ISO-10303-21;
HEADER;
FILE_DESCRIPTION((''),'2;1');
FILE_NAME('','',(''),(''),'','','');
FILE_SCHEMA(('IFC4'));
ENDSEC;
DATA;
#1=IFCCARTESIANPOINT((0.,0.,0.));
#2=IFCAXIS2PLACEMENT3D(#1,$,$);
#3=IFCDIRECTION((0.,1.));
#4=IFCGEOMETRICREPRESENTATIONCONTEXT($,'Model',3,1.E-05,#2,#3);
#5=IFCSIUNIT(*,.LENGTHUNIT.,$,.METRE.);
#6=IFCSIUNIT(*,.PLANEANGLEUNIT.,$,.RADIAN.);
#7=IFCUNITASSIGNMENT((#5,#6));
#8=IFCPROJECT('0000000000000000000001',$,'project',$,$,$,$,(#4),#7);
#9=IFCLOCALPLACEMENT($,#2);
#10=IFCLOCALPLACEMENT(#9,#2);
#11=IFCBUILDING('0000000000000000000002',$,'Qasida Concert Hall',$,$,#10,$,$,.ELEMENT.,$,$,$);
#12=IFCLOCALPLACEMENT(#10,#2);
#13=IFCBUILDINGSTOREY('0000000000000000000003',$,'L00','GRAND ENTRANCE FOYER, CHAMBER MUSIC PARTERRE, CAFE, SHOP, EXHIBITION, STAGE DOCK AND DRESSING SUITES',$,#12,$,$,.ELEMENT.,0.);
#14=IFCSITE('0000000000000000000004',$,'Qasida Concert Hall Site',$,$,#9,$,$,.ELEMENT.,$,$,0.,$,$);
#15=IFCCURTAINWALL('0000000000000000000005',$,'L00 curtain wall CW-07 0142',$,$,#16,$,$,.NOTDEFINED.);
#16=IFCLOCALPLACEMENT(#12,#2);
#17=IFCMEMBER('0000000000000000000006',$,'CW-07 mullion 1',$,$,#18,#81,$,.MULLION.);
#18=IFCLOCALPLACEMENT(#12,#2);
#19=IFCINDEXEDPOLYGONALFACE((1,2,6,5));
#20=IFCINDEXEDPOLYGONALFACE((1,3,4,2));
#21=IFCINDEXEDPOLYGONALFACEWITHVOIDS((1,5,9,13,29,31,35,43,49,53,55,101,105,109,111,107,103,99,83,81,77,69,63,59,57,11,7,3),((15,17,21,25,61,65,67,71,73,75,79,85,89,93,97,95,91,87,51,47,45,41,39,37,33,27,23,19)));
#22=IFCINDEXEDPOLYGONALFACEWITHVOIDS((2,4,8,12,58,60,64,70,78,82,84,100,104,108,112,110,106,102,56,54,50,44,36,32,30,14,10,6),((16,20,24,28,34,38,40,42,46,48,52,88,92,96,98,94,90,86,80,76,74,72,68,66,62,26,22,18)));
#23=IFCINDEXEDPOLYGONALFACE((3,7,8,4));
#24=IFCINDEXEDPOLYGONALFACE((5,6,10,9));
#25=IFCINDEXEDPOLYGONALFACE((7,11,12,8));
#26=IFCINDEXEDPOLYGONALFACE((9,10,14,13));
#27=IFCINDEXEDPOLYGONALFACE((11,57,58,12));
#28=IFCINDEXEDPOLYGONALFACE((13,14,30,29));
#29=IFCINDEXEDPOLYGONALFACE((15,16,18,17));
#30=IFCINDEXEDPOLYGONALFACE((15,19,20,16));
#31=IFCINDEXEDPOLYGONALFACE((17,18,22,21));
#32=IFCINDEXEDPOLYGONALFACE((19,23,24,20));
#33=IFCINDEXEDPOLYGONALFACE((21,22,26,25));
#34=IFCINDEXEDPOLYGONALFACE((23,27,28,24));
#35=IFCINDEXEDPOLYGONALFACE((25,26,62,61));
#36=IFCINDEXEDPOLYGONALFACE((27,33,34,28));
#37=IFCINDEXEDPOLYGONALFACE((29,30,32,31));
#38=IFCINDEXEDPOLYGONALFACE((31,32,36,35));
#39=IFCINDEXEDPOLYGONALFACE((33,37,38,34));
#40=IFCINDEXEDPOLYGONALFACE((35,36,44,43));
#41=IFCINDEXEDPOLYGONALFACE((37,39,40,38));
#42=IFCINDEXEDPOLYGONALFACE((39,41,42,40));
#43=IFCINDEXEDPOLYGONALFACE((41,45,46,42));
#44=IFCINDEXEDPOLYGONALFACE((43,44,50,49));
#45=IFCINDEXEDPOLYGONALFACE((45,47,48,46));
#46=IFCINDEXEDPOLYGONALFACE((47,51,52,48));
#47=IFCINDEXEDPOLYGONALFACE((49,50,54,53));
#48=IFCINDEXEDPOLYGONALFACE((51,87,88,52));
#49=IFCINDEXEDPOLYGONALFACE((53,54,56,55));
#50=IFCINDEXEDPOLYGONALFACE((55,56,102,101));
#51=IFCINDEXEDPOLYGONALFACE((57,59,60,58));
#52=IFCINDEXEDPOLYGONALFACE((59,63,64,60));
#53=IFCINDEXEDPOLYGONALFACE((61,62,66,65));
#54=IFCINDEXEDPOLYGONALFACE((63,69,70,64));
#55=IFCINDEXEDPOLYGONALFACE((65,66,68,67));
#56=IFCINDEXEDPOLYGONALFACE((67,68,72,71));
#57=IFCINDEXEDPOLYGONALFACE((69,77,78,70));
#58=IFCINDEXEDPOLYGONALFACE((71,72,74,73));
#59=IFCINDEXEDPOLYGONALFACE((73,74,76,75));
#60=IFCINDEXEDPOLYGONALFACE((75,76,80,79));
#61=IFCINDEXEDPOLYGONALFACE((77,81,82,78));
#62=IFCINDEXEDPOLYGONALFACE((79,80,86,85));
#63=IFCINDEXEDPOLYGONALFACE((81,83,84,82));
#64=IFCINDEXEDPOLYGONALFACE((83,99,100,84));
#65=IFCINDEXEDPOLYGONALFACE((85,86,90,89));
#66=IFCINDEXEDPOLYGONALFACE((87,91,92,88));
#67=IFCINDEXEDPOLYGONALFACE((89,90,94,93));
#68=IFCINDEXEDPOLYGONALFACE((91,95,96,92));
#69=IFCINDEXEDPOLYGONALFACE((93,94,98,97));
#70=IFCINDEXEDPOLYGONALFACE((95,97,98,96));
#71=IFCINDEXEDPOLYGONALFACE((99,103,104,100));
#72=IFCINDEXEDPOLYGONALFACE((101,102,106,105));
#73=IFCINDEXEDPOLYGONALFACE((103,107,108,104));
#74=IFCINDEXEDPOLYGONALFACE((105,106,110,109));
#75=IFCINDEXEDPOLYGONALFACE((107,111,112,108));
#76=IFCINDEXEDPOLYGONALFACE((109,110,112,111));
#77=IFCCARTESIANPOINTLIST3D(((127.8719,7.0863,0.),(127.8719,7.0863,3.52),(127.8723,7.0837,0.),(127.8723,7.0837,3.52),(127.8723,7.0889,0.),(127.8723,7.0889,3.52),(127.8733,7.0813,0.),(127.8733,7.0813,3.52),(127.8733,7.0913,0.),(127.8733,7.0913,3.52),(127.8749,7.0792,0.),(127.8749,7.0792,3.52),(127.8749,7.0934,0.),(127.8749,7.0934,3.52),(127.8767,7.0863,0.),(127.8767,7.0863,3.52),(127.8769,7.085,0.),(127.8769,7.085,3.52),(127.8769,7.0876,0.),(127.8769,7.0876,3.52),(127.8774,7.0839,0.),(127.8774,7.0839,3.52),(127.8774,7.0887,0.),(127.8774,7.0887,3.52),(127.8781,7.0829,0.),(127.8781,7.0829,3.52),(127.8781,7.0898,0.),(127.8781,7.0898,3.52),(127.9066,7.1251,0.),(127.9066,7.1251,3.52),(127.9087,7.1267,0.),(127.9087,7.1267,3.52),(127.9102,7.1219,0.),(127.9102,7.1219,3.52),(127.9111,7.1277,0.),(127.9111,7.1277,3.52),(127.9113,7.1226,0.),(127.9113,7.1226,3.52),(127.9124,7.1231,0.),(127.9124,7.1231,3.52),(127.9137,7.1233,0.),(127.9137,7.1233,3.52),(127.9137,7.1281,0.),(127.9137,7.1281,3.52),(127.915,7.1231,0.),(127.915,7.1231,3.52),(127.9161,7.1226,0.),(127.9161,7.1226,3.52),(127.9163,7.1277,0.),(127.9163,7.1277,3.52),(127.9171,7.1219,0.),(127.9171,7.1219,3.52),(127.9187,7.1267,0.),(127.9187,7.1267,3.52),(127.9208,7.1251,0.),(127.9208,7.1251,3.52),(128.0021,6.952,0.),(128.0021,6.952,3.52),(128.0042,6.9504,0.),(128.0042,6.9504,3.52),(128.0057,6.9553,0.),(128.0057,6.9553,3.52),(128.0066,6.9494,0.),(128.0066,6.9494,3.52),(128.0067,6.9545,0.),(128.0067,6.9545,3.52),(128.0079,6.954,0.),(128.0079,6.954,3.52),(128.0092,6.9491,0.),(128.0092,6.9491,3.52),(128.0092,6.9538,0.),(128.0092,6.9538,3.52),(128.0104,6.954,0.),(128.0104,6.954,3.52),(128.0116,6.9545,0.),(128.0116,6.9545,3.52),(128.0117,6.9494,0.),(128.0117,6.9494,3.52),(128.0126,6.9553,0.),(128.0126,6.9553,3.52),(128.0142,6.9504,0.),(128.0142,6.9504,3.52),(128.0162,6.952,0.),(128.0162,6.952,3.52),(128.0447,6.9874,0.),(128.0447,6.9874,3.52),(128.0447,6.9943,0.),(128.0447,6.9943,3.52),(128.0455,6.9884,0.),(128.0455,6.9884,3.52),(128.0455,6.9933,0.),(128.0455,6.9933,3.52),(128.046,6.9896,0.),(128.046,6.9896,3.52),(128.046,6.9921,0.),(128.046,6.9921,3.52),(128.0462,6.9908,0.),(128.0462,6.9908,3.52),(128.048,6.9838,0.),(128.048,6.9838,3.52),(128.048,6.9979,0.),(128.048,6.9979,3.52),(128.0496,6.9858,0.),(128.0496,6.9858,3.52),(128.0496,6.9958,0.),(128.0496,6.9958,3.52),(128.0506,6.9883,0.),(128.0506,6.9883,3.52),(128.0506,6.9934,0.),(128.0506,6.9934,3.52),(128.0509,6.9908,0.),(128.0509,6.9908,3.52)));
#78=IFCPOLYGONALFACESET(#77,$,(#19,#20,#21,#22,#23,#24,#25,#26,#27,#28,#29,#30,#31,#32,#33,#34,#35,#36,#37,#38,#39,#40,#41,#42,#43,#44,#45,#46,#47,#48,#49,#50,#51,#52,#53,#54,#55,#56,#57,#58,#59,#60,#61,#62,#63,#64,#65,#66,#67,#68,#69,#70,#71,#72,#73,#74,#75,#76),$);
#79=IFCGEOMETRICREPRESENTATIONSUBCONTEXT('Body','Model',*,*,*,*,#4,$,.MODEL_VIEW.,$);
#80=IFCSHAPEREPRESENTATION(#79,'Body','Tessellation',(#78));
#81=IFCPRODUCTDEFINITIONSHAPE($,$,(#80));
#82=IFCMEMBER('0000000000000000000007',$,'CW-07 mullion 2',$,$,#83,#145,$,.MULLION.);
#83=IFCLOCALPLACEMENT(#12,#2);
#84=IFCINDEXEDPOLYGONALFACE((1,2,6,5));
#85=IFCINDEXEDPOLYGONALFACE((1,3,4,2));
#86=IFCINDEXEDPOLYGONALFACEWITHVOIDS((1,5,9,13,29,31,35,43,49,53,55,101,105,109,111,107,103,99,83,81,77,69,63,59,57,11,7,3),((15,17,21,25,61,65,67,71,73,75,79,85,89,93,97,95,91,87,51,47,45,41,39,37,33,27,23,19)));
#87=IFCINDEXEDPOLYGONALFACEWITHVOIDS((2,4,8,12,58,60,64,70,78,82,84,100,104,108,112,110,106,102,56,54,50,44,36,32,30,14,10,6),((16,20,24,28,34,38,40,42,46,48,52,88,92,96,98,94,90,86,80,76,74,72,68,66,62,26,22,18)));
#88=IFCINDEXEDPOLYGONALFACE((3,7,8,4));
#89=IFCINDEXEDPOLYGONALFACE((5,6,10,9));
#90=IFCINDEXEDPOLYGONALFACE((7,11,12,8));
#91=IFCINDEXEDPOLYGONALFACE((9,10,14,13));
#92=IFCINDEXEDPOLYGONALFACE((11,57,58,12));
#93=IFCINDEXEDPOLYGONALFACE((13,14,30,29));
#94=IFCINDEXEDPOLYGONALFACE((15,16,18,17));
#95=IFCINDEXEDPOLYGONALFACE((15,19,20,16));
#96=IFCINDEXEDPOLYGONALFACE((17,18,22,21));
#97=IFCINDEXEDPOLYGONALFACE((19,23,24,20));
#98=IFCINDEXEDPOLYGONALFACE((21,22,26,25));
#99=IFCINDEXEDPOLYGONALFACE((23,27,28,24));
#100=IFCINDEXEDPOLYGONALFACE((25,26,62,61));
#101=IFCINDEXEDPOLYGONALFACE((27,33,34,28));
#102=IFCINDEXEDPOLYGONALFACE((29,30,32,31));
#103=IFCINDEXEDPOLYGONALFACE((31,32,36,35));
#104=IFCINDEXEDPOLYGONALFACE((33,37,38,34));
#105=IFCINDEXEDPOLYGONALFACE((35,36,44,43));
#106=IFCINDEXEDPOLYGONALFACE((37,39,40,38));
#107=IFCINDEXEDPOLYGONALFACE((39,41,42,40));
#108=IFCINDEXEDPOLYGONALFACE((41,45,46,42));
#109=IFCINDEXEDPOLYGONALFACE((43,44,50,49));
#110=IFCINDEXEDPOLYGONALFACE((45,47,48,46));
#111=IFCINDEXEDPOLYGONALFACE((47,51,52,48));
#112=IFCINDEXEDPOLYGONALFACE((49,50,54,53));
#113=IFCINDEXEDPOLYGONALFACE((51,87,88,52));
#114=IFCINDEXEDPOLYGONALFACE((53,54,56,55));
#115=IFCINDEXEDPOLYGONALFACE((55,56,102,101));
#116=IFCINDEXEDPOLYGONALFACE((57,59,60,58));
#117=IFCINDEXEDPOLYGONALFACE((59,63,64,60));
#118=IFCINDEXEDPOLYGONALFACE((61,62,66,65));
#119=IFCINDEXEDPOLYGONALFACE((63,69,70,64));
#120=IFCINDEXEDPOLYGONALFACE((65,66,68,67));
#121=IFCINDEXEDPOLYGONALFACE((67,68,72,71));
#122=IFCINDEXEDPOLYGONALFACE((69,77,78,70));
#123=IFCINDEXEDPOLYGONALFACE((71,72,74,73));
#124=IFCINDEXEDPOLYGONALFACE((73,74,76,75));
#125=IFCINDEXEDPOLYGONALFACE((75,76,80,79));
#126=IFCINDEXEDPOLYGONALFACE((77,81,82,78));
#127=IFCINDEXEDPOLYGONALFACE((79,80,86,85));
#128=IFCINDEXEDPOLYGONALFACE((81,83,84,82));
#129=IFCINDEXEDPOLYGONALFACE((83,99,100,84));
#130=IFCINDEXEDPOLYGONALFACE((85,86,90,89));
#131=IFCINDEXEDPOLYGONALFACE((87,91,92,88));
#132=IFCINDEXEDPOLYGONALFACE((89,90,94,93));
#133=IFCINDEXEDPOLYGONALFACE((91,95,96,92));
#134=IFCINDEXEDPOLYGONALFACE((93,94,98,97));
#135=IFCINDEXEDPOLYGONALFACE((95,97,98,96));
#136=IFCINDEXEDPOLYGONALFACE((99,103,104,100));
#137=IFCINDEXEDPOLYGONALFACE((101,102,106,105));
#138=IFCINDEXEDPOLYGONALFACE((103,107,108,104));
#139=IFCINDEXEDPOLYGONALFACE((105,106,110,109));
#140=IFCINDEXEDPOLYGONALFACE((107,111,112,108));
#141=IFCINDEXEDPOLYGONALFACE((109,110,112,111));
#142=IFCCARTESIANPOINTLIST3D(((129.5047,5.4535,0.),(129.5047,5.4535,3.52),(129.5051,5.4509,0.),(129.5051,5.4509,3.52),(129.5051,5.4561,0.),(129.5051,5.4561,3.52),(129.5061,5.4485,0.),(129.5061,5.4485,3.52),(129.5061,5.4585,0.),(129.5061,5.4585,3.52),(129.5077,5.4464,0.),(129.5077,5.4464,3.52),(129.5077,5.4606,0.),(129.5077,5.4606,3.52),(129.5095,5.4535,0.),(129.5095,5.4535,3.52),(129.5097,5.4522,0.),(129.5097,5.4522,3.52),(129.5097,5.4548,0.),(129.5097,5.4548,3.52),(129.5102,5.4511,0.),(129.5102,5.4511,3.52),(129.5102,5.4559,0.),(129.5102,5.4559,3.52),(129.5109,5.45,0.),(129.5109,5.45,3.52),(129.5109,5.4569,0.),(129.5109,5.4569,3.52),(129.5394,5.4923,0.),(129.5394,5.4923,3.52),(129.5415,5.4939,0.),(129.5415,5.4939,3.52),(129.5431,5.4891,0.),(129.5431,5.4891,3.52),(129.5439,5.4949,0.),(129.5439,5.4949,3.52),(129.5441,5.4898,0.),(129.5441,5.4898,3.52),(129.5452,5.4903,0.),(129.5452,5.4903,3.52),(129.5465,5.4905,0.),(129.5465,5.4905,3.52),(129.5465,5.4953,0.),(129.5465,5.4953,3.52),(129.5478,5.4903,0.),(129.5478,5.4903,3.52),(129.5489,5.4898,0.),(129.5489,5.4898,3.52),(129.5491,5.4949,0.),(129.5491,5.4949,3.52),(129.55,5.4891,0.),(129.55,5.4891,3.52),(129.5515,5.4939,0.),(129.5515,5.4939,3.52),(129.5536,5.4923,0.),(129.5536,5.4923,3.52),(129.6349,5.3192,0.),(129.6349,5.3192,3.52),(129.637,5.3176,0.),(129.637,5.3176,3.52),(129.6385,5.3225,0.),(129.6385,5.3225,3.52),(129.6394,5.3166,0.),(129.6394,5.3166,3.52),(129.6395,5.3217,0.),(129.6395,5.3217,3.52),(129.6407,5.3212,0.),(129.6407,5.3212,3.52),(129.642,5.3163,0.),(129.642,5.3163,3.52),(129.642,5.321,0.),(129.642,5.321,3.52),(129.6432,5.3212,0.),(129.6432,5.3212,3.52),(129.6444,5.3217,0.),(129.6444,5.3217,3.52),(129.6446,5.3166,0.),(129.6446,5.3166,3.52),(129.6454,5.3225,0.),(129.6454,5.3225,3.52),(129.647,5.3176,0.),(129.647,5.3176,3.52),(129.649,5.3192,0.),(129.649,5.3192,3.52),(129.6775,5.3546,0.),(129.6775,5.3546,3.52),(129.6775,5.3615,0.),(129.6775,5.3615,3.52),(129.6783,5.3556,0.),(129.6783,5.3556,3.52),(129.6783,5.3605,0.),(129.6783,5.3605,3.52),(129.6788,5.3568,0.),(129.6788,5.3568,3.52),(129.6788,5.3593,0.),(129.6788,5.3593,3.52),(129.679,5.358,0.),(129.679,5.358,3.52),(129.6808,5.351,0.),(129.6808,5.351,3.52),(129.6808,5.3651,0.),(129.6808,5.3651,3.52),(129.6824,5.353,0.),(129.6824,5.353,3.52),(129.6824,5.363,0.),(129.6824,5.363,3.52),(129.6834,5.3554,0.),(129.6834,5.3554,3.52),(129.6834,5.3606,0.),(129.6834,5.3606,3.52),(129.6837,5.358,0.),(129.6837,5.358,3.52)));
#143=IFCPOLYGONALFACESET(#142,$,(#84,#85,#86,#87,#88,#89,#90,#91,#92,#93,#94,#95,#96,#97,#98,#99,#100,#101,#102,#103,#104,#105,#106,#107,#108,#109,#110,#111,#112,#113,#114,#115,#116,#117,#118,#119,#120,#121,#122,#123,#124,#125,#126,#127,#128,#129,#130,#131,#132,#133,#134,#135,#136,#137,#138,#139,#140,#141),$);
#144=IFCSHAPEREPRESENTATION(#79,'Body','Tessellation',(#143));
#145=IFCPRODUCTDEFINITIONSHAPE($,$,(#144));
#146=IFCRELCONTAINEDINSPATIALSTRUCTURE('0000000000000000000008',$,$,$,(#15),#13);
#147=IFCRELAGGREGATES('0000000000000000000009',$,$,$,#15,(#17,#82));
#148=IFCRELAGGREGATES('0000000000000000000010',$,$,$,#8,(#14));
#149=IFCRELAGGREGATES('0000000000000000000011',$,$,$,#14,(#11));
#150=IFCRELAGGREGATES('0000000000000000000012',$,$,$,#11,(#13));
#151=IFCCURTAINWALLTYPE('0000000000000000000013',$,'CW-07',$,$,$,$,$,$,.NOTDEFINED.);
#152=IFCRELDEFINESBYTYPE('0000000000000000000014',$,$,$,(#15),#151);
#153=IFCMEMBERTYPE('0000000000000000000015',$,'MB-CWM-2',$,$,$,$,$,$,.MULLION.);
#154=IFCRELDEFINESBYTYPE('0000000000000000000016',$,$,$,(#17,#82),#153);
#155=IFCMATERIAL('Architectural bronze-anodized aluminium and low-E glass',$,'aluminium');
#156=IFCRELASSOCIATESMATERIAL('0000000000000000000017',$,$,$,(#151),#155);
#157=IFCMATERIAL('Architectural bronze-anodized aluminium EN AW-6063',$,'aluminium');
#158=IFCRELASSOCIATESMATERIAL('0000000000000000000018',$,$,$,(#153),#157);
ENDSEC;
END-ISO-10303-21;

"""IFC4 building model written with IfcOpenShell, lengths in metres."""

from ifc_helpers import new_model, si_unit, direction, frame, origin, origin_2d, place, context, subcontext, project, spatial, hollow_rectangle, extrude, material, material_profile, profile_set, type_object, element, aggregate, save


model = new_model("IFC4")

# Units and contexts
model_context = context("Model", 3, precision=1e-05, world=origin(), true_north=direction((0.0, 1.0)))
body_context = subcontext(model_context, "Body", "Model", "MODEL_VIEW")
ifc_project = project(units=[si_unit("LENGTHUNIT", "METRE"), si_unit("PLANEANGLEUNIT", "RADIAN")], contexts=[model_context])

# Site, building, storey
site_placement = place(None, origin())
site = spatial("IfcSite", under=ifc_project, at=site_placement, Name="Qasida Concert Hall Site", CompositionType="ELEMENT", RefElevation=0.0)
building_placement = place(site_placement, origin())
building = spatial("IfcBuilding", under=site, at=building_placement, Name="Qasida Concert Hall", CompositionType="ELEMENT")
storey_placement = place(building_placement, origin())
storey = spatial("IfcBuildingStorey", under=building, at=storey_placement, Name="L00", Description="GRAND ENTRANCE FOYER, CHAMBER MUSIC PARTERRE, CAFE, SHOP, EXHIBITION, STAGE DOCK AND DRESSING SUITES", CompositionType="ELEMENT", Elevation=0.0)

# Curtain wall, members
ifc_material_1 = material(Name="Architectural bronze-anodized aluminium and low-E glass", Category="aluminium")
curtain_wall_type = type_object("IfcCurtainWallType", Name="CW-07", PredefinedType="NOTDEFINED", material=ifc_material_1)
curtain_wall_placement = place(storey_placement, origin())
curtain_wall = element("IfcCurtainWall", 1, at=curtain_wall_placement, inside=storey, type_object=curtain_wall_type, Name="L00 curtain wall CW-07 0142", PredefinedType="NOTDEFINED")
ifc_material_2 = material(Name="Architectural bronze-anodized aluminium EN AW-6063", Category="aluminium")
ifc_material_profile_1 = material_profile(ifc_material_2, hollow_rectangle(XDim=0.0649, YDim=0.2, WallThickness=0.0049, InnerFilletRadius=0.0049, OuterFilletRadius=0.01, at=origin_2d()), Name="CWM 200x65x5")
ifc_profile_set_1 = profile_set([ifc_material_profile_1], Name="Architectural bronze-anodized aluminium EN AW-6063")
member_type_1 = type_object("IfcMemberType", Name="MB-CWM-2", PredefinedType="MULLION", material=ifc_profile_set_1)
member_1_placement = place(storey_placement, frame((127.9614, 7.0386, 0.0), z_axis=(0.0, 0.0, 1.0), x_axis=(0.707107, 0.707107, 0.0)))
member_1 = element("IfcMember", 2, at=member_1_placement, type_object=member_type_1, Name="CW-07 mullion 1", PredefinedType="MULLION", context=body_context, shape_type="SweptSolid", body=[
    extrude(hollow_rectangle(XDim=0.0649, YDim=0.2, WallThickness=0.0049, InnerFilletRadius=0.0049, OuterFilletRadius=0.01, at=origin_2d()), origin(), (0.0, 0.0, 1.0), 3.52),
])
member_2_placement = place(storey_placement, frame((129.5942, 5.4058, 0.0), z_axis=(0.0, 0.0, 1.0), x_axis=(0.707107, 0.707107, 0.0)))
member_2 = element("IfcMember", 3, at=member_2_placement, type_object=member_type_1, Name="CW-07 mullion 2", PredefinedType="MULLION", context=body_context, shape_type="SweptSolid", body=[
    extrude(hollow_rectangle(XDim=0.0649, YDim=0.2, WallThickness=0.0049, InnerFilletRadius=0.0049, OuterFilletRadius=0.01, at=origin_2d()), origin(), (0.0, 0.0, 1.0), 3.52),
])
aggregate(curtain_wall, [member_1, member_2])

save(model, "model.ifc")
